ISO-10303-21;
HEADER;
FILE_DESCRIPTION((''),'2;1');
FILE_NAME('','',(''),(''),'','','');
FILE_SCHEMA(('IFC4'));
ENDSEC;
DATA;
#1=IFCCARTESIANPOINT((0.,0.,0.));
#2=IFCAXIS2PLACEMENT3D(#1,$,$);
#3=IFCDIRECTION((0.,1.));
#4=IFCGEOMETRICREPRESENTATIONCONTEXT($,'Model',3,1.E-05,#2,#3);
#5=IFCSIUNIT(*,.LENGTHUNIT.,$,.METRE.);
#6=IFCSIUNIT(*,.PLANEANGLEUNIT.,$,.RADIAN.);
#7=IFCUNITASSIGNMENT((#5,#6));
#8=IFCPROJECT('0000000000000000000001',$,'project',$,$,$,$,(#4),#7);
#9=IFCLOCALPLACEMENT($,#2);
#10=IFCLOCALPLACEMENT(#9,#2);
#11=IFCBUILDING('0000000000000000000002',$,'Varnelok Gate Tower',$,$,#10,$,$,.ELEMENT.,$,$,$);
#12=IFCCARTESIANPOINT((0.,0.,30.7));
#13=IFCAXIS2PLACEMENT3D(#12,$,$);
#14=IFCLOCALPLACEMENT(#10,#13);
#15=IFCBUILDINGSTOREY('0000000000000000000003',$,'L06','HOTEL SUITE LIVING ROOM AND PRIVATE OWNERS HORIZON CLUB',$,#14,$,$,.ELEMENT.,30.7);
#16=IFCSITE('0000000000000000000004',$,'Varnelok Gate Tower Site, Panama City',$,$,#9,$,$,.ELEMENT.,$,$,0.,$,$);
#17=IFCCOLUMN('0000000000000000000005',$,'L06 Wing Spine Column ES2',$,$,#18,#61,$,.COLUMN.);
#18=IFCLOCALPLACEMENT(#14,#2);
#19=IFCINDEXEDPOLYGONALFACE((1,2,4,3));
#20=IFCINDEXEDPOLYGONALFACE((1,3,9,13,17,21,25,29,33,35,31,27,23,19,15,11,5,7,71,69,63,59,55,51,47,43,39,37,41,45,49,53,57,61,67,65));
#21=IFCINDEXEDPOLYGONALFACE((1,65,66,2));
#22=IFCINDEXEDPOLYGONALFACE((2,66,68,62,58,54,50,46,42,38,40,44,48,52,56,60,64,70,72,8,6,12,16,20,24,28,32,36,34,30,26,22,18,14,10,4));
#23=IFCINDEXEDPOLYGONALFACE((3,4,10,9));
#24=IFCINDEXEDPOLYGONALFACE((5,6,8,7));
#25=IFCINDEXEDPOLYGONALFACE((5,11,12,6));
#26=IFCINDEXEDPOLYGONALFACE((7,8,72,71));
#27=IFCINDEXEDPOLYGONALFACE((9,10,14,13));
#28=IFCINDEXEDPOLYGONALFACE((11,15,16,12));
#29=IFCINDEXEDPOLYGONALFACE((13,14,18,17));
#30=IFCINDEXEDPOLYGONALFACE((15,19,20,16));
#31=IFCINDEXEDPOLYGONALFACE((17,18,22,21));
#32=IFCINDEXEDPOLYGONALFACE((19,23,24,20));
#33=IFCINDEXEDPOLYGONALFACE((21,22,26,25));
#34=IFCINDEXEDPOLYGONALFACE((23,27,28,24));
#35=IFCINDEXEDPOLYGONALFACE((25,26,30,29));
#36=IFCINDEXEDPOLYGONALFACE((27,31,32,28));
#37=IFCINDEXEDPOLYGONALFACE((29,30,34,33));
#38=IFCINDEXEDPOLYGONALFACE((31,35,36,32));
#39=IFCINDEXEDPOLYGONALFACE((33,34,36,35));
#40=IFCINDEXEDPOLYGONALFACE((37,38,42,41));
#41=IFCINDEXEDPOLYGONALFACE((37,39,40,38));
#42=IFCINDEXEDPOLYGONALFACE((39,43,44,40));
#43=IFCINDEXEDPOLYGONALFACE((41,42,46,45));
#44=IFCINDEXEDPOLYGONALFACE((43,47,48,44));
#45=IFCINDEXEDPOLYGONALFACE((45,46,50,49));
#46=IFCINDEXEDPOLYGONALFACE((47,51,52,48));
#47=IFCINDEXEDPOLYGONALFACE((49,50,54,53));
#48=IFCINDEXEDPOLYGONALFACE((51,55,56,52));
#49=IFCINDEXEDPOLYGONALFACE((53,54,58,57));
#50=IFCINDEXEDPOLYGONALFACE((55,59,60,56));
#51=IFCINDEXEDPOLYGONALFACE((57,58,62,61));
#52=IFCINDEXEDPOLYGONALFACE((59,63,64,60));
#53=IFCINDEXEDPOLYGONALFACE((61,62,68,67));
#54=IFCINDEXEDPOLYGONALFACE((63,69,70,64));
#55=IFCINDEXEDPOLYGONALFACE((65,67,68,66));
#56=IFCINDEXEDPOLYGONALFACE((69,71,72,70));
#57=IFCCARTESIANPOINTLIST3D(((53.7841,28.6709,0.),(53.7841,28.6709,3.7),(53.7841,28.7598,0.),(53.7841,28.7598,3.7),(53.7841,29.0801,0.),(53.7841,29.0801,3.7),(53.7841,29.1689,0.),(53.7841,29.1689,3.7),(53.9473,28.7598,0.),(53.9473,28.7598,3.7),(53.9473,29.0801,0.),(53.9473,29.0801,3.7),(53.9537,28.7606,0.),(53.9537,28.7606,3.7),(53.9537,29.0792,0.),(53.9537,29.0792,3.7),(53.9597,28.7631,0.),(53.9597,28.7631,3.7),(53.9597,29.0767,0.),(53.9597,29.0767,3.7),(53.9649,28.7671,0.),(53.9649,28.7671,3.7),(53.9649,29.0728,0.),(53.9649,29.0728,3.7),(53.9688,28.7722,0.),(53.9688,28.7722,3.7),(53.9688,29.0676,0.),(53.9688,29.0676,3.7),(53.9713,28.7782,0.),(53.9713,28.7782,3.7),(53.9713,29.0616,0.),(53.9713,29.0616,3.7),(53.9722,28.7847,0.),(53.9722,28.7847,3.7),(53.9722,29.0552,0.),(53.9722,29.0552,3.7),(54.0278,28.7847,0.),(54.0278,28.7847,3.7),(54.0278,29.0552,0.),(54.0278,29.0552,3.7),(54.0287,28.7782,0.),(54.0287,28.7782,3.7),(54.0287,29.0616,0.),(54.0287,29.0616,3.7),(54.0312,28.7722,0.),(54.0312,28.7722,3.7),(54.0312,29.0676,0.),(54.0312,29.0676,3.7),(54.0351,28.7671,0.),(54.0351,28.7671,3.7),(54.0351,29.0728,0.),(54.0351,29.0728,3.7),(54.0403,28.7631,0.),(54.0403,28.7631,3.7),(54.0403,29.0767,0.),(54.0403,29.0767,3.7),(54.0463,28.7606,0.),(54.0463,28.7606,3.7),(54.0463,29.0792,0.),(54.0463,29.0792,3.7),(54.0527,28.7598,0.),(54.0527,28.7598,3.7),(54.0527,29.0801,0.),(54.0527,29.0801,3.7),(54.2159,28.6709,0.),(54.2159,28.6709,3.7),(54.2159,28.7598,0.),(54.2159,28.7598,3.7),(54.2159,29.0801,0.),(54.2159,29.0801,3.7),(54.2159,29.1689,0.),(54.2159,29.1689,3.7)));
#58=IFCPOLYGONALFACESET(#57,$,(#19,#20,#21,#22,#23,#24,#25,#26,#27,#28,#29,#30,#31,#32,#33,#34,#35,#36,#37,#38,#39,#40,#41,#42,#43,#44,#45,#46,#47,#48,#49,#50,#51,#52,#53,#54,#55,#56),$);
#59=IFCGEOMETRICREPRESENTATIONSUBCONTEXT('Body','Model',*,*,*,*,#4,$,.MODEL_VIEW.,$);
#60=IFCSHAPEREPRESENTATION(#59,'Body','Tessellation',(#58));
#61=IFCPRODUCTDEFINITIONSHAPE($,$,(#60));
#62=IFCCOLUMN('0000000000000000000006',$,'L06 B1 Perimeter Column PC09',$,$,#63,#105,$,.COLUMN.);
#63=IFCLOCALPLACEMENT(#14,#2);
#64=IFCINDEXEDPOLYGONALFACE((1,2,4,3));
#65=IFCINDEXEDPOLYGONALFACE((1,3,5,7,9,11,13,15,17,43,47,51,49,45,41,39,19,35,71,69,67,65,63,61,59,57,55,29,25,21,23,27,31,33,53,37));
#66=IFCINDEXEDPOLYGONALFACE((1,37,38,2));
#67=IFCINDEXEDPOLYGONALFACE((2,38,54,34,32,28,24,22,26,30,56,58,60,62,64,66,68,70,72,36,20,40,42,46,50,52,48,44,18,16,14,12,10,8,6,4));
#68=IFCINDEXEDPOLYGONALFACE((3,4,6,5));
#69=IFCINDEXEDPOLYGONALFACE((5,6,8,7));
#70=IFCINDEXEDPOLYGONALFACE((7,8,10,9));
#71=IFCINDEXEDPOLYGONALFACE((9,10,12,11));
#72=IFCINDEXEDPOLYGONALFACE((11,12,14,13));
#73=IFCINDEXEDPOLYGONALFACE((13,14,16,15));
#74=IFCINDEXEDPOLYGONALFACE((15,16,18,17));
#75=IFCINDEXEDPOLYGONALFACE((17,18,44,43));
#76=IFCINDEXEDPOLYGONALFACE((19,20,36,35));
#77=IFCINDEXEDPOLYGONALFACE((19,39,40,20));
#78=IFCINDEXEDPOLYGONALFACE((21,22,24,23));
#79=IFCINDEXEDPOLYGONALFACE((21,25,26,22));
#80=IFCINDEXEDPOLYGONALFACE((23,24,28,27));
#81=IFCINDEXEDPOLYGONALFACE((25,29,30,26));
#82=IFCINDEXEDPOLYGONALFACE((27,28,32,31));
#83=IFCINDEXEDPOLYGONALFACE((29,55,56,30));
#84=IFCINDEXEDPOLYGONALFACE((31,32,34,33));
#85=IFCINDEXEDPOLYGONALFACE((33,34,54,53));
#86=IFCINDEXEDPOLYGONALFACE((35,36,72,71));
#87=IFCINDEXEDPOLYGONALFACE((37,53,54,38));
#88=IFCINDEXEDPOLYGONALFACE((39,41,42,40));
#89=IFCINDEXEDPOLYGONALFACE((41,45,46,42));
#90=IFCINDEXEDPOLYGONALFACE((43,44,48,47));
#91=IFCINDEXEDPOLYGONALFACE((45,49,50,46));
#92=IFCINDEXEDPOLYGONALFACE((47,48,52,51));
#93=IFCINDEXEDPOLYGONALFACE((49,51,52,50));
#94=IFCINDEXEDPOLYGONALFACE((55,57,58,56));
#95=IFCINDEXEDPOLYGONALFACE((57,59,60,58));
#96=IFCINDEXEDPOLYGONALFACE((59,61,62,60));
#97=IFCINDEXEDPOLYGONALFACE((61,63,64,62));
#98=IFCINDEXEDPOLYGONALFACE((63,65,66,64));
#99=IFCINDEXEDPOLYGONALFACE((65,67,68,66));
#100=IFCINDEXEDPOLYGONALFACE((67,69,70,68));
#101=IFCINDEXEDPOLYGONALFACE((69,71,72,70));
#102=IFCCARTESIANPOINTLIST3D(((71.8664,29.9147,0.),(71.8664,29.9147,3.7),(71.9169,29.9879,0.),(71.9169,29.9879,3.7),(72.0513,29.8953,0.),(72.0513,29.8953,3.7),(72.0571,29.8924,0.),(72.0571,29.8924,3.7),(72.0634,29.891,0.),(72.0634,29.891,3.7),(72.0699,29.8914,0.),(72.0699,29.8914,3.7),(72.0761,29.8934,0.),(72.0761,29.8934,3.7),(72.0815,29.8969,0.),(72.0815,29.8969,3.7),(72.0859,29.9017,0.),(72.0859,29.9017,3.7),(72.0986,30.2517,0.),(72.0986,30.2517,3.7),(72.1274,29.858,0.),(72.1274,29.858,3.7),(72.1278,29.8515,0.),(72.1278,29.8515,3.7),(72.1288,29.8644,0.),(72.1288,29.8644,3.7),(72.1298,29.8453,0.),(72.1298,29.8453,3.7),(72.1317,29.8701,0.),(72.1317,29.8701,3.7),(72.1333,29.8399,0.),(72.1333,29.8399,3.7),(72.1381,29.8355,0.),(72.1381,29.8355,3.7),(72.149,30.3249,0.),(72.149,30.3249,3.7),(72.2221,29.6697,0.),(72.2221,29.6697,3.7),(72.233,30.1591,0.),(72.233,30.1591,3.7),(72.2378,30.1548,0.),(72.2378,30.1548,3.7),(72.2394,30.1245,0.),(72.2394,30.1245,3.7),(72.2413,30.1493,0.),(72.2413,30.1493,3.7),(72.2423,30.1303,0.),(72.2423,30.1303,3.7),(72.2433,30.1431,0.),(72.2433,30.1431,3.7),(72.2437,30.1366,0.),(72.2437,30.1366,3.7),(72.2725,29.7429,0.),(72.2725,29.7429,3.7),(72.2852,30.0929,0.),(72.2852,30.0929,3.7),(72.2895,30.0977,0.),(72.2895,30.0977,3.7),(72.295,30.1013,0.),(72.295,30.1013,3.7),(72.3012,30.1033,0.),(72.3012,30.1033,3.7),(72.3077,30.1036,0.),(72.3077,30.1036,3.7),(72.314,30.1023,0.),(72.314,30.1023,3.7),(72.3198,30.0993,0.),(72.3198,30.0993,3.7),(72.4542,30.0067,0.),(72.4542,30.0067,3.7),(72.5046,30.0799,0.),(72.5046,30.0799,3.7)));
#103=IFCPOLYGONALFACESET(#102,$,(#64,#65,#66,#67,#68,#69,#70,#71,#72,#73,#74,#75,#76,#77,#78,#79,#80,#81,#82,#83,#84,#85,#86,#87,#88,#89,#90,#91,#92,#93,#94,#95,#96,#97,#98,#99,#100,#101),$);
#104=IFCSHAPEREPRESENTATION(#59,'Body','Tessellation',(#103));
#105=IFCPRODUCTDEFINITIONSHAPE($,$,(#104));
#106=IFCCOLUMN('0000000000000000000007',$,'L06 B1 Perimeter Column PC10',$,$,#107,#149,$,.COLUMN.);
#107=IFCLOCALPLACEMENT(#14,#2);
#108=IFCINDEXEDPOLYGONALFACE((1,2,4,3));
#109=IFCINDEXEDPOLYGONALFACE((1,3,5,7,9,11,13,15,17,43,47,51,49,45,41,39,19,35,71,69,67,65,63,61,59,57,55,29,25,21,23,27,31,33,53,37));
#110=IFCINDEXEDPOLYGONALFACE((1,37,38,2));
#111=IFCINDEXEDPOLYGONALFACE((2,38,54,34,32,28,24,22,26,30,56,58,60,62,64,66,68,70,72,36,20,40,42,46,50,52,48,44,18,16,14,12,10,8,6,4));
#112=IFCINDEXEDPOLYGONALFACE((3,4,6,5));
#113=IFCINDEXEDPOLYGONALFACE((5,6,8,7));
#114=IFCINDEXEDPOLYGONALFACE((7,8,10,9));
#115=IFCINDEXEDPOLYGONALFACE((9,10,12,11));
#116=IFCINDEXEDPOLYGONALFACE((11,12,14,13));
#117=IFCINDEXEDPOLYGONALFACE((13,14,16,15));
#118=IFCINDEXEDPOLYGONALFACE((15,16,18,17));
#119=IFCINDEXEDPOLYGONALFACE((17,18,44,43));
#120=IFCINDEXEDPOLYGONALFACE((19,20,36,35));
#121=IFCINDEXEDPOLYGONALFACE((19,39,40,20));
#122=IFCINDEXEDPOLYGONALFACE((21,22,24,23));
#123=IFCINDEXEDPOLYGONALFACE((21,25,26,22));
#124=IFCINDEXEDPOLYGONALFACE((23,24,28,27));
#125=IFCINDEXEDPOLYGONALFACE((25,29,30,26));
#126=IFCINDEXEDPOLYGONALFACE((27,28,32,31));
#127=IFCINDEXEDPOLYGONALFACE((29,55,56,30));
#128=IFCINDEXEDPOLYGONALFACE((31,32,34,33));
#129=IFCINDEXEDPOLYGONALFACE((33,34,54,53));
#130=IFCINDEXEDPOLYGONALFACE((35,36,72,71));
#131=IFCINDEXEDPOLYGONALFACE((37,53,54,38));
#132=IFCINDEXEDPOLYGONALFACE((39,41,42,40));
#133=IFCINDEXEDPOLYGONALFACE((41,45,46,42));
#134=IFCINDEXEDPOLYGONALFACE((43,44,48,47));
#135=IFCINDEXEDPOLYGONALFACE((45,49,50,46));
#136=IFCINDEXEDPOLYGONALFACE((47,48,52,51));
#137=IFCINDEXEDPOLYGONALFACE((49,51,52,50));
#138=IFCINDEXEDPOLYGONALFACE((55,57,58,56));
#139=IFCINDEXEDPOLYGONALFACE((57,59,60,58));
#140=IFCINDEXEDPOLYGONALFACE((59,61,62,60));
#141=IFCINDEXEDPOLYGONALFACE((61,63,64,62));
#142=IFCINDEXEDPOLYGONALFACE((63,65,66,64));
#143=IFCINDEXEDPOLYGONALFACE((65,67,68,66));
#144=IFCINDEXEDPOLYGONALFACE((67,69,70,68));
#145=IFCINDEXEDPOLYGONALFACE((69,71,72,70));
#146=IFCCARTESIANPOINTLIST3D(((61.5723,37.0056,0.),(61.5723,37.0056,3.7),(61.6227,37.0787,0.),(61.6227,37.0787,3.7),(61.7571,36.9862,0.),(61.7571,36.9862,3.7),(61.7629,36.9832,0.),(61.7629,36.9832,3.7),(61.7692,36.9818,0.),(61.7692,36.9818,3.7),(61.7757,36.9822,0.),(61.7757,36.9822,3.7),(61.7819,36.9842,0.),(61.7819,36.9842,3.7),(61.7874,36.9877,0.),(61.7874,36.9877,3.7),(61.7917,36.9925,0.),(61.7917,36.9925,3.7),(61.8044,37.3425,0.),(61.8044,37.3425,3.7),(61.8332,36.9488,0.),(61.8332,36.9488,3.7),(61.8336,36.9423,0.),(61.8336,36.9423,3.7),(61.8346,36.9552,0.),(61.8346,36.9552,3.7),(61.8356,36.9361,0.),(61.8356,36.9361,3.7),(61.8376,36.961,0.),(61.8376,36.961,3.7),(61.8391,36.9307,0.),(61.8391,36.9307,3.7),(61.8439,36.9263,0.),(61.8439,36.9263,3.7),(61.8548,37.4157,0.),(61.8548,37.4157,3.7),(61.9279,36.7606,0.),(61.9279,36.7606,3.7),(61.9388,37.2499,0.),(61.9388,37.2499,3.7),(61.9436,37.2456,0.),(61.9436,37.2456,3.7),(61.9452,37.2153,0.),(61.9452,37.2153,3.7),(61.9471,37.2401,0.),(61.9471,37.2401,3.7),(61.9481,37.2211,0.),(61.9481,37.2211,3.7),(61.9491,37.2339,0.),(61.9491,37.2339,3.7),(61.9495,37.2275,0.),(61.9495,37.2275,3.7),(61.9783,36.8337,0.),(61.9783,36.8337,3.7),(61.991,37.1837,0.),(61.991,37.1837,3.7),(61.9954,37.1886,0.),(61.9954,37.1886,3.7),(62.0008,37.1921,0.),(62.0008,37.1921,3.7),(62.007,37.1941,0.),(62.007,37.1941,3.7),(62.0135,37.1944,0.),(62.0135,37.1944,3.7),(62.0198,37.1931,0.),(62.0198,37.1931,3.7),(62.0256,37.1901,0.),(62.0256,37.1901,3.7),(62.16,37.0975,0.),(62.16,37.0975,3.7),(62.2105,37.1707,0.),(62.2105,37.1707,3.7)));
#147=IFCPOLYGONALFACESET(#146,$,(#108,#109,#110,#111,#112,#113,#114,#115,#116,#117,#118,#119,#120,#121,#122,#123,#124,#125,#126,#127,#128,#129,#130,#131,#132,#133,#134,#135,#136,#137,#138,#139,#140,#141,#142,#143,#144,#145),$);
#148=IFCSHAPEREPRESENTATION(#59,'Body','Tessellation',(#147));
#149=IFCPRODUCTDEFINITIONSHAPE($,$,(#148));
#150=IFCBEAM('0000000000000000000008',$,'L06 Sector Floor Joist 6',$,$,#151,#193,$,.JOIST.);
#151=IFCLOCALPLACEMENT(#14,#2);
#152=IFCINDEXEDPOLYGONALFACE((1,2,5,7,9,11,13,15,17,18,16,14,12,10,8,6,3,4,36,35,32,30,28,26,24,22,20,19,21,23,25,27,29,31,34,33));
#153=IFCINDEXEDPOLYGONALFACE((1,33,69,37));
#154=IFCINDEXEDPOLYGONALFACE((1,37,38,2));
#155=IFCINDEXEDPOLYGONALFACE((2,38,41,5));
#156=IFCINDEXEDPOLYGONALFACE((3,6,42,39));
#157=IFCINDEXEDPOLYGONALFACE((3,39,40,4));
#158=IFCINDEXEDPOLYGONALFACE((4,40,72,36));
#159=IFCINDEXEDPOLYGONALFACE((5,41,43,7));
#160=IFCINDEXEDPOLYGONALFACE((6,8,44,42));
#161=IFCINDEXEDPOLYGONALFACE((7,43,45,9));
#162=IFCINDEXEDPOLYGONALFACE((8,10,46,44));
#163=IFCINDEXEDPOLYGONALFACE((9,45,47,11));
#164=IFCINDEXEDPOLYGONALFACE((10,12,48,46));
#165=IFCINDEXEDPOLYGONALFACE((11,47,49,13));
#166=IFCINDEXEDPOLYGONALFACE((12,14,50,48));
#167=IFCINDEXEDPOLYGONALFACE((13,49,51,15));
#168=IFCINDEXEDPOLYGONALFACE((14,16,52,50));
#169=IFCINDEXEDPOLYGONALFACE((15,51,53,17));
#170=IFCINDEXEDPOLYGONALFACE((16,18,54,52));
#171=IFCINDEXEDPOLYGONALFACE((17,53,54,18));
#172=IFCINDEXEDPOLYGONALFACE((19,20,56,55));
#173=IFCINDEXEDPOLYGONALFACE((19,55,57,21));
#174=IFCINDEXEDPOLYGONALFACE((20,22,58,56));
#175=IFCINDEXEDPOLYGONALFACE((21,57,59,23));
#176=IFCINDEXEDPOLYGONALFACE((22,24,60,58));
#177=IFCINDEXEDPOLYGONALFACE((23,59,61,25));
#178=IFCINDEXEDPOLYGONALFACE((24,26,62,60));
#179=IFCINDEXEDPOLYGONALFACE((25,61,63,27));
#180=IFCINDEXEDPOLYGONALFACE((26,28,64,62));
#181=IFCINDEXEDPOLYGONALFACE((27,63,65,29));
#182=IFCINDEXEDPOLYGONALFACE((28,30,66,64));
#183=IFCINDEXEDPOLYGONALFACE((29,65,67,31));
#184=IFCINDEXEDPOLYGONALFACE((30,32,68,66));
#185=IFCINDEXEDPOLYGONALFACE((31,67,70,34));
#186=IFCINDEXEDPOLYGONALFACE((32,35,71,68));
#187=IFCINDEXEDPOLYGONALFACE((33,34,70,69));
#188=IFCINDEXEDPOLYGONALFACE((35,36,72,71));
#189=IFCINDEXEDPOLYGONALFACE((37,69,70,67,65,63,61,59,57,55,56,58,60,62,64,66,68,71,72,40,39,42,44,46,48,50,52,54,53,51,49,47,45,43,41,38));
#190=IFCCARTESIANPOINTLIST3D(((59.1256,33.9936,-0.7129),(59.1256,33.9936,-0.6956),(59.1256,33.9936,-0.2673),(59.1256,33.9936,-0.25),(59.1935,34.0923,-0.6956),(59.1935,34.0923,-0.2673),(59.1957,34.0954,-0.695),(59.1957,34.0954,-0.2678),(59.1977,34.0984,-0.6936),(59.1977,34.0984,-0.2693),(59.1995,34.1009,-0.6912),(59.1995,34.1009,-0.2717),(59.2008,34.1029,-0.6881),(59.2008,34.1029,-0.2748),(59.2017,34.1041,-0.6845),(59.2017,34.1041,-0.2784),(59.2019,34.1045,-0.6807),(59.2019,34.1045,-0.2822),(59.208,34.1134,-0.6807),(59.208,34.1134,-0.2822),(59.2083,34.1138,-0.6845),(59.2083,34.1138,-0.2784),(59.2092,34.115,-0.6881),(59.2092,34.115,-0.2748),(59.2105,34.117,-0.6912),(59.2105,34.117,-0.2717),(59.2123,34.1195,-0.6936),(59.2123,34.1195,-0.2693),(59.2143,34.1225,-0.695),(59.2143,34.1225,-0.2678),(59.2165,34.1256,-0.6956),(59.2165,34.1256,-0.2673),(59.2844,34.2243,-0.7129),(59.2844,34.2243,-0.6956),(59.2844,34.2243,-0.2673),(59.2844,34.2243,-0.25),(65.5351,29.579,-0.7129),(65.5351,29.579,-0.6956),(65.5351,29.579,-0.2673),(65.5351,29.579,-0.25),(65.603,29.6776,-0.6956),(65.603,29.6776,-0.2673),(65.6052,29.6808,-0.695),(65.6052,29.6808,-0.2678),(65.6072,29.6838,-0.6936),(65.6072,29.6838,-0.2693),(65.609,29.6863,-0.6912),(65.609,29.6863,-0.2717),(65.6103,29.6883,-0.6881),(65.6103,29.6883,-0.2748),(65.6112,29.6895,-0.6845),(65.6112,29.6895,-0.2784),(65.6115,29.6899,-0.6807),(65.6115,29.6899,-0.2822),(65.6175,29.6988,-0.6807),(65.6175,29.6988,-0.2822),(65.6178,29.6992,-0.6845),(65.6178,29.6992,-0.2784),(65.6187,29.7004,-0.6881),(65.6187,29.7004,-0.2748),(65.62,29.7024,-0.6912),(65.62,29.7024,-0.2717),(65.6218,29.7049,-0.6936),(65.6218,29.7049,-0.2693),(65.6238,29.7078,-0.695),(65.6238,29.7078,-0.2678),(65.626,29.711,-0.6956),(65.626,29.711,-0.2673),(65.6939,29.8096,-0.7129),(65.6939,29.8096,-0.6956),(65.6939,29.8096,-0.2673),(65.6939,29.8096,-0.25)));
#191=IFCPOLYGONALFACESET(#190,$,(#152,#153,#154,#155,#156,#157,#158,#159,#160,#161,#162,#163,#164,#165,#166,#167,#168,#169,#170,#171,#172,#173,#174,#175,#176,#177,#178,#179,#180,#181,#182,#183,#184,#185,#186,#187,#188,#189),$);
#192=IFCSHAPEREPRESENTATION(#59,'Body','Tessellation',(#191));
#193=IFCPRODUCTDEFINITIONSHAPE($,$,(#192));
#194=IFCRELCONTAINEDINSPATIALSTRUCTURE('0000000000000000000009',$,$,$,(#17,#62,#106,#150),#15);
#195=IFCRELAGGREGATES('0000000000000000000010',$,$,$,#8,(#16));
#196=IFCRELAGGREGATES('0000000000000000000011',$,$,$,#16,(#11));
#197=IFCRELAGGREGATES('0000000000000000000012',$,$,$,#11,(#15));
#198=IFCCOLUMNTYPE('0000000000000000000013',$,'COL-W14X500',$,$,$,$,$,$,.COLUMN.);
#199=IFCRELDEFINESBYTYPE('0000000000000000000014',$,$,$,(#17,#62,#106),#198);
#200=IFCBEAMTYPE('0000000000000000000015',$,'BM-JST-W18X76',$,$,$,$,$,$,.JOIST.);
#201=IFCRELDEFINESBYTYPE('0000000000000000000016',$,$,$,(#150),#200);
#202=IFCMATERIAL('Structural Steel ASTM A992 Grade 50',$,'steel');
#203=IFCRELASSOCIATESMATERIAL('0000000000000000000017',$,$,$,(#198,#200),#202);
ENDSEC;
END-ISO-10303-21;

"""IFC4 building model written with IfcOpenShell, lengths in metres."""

from ifc_helpers import new_model, si_unit, direction, frame, origin, origin_2d, place, context, subcontext, project, spatial, i_section, extrude, material, material_profile, profile_set, type_object, element, save


model = new_model("IFC4")

# Units and contexts
model_context = context("Model", 3, precision=1e-05, world=origin(), true_north=direction((0.0, 1.0)))
body_context = subcontext(model_context, "Body", "Model", "MODEL_VIEW")
ifc_project = project(units=[si_unit("LENGTHUNIT", "METRE"), si_unit("PLANEANGLEUNIT", "RADIAN")], contexts=[model_context])

# Site, building, storey
site_placement = place(None, origin())
site = spatial("IfcSite", under=ifc_project, at=site_placement, Name="Varnelok Gate Tower Site, Panama City", CompositionType="ELEMENT", RefElevation=0.0)
building_placement = place(site_placement, origin())
building = spatial("IfcBuilding", under=site, at=building_placement, Name="Varnelok Gate Tower", CompositionType="ELEMENT")
storey_placement = place(building_placement, frame((0.0, 0.0, 30.7)))
storey = spatial("IfcBuildingStorey", under=building, at=storey_placement, Name="L06", Description="HOTEL SUITE LIVING ROOM AND PRIVATE OWNERS HORIZON CLUB", CompositionType="ELEMENT", Elevation=30.7)

# Columns
ifc_material_1 = material(Name="Structural Steel ASTM A992 Grade 50", Category="steel")
ifc_material_profile_1 = material_profile(ifc_material_1, i_section(OverallWidth=0.4319, OverallDepth=0.498, WebThickness=0.0557, FlangeThickness=0.0889, FilletRadius=0.0249, at=origin_2d()), Name="W14X500")
ifc_profile_set_1 = profile_set([ifc_material_profile_1], Name="Structural Steel ASTM A992 Grade 50")
column_type = type_object("IfcColumnType", Name="COL-W14X500", PredefinedType="COLUMN", material=ifc_profile_set_1)
for number, where, z_axis, x_axis, name in (
    (1, (54.0, 28.9199, 0.0), (0.0, 0.0, 1.0), (1.0, 0.0, 0.0), "L06 Wing Spine Column ES2"),
    (2, (72.1855, 29.9973, 0.0), (0.0, 0.0, 1.0), (0.823533, -0.567269, 0.0), "L06 B1 Perimeter Column PC09"),
    (3, (61.8914, 37.0881, 0.0), (0.0, 0.0, 1.0), (0.823533, -0.567269, 0.0), "L06 B1 Perimeter Column PC10"),
):
    element("IfcColumn", number, at=place(storey_placement, frame(where, z_axis=z_axis, x_axis=x_axis)), inside=storey, type_object=column_type, Name=name, PredefinedType="COLUMN", context=body_context, shape_type="SweptSolid", body=[
        extrude(i_section(OverallWidth=0.4319, OverallDepth=0.498, WebThickness=0.0557, FlangeThickness=0.0889, FilletRadius=0.0249, at=origin_2d()), origin(), (0.0, 0.0, 1.0), 3.7),
    ])

# Beam
ifc_material_profile_2 = material_profile(ifc_material_1, i_section(OverallWidth=0.28, OverallDepth=0.4629, WebThickness=0.0107, FlangeThickness=0.0173, FilletRadius=0.0149, at=origin_2d()), Name="W18X76")
ifc_profile_set_2 = profile_set([ifc_material_profile_2], Name="Structural Steel ASTM A992 Grade 50")
beam_type_1 = type_object("IfcBeamType", Name="BM-JST-W18X76", PredefinedType="JOIST", material=ifc_profile_set_2)
beam_1_placement = place(storey_placement, frame((65.6145, 29.6943, -0.4814), z_axis=(-0.823557, 0.567233, 0.0), x_axis=(-0.567233, -0.823557, 0.0)))
element("IfcBeam", 4, at=beam_1_placement, inside=storey, type_object=beam_type_1, Name="L06 Sector Floor Joist 6", PredefinedType="JOIST", context=body_context, shape_type="SweptSolid", body=[
    extrude(i_section(OverallWidth=0.28, OverallDepth=0.4629, WebThickness=0.0107, FlangeThickness=0.0173, FilletRadius=0.0149, at=origin_2d()), origin(), (0.0, 0.0, 1.0), 7.7827),
])

save(model, "model.ifc")
